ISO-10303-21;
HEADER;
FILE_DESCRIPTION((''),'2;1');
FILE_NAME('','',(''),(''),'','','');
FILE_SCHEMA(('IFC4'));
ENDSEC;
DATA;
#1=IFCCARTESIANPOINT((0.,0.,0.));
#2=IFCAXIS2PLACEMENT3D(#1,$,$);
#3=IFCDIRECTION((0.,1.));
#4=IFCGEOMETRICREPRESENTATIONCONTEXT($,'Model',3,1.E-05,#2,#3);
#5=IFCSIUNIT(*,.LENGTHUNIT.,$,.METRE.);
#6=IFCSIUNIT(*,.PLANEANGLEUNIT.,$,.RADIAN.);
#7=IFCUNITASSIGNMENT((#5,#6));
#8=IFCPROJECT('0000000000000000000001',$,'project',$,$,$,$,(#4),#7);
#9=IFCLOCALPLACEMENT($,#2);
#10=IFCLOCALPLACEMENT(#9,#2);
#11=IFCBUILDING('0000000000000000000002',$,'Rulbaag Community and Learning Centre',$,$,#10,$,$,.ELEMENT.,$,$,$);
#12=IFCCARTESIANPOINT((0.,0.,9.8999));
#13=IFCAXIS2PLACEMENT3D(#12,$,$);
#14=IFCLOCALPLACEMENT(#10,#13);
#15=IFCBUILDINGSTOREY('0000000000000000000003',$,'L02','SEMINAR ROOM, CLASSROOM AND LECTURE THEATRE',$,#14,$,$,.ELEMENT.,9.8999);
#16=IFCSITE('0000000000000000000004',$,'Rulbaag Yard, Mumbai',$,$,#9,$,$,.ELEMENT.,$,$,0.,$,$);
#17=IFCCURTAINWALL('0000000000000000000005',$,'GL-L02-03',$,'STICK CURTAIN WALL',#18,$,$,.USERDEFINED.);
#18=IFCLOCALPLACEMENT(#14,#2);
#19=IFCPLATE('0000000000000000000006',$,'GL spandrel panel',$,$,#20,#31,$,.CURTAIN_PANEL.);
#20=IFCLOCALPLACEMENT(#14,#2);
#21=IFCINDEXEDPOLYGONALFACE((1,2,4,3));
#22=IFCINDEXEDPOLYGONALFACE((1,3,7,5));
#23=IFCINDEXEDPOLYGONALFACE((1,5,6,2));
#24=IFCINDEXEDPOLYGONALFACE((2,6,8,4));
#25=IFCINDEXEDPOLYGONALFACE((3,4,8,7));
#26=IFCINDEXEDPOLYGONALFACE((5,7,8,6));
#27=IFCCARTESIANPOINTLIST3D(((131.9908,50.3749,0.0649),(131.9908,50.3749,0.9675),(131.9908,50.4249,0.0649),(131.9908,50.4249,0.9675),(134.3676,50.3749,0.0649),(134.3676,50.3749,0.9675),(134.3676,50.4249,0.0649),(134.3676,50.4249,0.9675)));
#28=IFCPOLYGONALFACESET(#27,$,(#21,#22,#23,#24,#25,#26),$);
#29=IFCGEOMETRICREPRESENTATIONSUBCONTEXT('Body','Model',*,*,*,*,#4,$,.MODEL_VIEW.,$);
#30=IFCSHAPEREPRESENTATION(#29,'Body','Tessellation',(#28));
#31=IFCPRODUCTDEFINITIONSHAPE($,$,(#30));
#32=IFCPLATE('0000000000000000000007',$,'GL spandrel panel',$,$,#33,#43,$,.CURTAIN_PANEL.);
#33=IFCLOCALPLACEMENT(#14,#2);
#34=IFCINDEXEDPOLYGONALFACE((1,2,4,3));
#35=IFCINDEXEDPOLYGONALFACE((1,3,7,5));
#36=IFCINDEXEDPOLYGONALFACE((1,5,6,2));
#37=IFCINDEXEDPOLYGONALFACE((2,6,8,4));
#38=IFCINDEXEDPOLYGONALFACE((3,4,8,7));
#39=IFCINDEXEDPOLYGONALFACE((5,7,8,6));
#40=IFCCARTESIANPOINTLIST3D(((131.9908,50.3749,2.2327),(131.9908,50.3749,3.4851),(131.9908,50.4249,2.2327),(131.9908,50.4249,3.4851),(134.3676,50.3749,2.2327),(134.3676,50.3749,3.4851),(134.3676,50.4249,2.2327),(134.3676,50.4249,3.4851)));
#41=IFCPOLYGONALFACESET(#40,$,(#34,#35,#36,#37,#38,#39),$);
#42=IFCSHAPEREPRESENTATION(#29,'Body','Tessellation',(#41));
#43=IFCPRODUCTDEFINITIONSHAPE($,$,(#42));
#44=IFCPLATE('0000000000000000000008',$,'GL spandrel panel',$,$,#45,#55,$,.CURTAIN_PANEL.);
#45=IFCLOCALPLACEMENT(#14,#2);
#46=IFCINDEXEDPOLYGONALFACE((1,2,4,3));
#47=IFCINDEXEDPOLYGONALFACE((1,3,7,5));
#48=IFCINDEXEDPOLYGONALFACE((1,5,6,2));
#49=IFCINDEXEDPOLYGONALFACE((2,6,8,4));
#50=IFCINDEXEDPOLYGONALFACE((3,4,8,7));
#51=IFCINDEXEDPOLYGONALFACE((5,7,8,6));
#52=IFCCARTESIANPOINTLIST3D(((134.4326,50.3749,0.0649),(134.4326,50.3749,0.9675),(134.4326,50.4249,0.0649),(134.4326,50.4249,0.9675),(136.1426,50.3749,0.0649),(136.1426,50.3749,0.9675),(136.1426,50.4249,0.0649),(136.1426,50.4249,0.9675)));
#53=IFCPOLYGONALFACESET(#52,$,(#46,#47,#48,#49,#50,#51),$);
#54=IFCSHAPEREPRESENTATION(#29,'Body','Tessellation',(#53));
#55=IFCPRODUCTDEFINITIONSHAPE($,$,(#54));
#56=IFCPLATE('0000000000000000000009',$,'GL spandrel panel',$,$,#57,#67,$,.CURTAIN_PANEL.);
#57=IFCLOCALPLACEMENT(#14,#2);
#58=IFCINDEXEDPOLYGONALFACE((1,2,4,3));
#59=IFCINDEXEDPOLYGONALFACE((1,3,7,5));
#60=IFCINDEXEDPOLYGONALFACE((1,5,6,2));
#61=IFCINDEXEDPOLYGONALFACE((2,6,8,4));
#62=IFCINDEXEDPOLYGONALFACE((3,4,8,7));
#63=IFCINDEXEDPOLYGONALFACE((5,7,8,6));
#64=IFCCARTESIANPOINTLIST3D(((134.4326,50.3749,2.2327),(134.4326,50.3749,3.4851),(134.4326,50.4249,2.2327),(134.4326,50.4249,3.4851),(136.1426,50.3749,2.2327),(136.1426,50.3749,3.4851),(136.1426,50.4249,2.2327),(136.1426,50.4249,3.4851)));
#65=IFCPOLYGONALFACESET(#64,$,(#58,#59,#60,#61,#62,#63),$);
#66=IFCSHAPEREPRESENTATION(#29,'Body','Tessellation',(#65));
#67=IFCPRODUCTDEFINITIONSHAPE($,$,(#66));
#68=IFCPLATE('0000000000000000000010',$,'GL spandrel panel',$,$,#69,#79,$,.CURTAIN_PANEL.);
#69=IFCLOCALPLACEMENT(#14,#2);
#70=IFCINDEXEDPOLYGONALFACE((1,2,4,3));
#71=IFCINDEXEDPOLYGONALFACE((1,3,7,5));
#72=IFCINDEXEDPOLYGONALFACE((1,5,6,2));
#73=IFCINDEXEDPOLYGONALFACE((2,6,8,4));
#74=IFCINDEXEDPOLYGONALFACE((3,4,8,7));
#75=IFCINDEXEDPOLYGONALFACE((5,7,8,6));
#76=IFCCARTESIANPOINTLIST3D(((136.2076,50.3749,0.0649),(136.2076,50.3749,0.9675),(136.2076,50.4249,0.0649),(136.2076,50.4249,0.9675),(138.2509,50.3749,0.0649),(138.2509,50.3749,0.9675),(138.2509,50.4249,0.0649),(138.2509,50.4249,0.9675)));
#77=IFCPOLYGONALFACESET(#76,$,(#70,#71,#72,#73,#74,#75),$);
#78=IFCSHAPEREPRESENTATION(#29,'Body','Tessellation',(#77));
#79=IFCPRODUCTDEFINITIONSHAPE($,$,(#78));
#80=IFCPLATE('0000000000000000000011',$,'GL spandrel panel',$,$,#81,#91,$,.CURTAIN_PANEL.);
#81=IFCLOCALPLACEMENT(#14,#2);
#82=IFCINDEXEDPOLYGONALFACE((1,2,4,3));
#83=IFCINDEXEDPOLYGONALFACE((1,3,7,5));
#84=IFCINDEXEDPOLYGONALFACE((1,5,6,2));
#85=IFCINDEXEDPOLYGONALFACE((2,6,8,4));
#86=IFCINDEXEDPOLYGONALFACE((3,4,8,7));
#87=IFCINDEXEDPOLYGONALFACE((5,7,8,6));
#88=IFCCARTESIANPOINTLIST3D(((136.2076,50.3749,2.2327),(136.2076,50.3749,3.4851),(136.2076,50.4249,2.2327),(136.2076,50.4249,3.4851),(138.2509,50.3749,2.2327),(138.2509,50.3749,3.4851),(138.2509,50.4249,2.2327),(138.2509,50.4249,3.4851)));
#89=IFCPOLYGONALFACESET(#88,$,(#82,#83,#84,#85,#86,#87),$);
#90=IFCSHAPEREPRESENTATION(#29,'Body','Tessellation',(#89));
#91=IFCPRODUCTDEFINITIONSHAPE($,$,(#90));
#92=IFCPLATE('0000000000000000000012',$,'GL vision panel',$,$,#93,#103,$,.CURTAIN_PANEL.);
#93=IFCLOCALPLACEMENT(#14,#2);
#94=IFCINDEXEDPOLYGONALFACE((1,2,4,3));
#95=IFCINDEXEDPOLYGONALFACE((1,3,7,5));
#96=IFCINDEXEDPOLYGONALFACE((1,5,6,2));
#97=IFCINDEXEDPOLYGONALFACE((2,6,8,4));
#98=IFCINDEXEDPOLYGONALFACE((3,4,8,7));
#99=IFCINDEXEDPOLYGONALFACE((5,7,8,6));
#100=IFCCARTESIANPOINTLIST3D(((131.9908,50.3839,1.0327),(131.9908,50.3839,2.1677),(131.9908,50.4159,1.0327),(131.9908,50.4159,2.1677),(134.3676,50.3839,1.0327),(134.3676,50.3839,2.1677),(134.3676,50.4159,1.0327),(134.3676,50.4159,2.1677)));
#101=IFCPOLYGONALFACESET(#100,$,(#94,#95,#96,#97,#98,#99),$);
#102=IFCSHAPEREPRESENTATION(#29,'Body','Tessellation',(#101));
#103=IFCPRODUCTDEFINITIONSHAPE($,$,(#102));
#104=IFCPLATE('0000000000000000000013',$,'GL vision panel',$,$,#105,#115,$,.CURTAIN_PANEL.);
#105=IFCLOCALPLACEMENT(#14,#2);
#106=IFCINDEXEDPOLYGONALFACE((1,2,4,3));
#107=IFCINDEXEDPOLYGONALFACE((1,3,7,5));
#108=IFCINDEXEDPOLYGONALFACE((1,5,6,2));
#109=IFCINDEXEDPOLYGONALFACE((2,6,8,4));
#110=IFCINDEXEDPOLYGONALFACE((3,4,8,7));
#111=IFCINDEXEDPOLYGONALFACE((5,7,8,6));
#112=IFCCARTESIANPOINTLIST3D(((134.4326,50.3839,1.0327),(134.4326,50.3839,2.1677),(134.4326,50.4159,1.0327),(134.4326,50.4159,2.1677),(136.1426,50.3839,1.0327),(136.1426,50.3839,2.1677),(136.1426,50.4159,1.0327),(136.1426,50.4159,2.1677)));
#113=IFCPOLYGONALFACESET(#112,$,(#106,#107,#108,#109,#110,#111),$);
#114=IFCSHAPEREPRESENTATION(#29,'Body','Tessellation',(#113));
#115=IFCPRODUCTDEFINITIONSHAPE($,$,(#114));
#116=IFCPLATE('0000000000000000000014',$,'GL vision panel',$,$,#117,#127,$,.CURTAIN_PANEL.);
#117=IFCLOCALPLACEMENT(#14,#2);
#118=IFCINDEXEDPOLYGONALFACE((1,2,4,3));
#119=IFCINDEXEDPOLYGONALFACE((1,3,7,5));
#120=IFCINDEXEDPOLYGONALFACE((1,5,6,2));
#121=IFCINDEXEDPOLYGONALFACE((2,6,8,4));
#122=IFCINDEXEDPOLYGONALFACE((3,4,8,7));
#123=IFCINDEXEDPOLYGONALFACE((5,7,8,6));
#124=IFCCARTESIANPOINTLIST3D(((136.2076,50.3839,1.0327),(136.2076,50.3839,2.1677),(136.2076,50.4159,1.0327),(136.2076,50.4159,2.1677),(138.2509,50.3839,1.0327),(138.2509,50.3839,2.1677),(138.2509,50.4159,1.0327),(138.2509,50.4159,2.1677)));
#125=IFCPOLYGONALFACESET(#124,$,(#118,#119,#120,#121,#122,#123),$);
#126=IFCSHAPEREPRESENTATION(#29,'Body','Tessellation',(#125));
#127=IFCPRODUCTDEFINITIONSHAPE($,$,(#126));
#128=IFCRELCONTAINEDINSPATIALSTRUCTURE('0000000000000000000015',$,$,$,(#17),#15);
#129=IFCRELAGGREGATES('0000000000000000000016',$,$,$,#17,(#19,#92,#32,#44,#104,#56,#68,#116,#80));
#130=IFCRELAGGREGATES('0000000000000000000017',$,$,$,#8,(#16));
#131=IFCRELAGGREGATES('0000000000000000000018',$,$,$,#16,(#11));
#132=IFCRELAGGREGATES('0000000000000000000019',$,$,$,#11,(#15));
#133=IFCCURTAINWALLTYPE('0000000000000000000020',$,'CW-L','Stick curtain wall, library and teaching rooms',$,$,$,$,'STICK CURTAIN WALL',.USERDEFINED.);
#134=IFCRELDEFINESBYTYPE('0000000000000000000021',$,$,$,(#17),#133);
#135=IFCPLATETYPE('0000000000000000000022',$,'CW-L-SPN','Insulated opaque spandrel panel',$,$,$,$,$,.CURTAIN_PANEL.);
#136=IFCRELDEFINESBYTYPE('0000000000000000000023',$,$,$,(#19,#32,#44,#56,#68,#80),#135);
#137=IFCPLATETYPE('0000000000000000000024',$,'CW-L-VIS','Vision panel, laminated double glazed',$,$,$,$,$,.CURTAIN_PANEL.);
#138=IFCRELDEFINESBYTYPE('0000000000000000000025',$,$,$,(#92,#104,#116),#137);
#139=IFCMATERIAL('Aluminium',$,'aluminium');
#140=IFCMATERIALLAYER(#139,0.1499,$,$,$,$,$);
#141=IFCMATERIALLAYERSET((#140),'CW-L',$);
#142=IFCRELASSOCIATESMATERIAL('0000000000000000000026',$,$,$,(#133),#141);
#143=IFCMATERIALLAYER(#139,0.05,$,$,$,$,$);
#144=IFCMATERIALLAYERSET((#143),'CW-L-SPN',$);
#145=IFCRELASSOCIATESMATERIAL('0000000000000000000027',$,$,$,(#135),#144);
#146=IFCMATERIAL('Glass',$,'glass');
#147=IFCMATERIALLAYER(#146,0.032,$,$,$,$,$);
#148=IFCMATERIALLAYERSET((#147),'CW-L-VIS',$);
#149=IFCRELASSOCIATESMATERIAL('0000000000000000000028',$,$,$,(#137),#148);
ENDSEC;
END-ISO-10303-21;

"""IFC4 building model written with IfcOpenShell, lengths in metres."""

from ifc_helpers import new_model, si_unit, direction, frame, origin, origin_2d, place, context, subcontext, project, spatial, rectangle, extrude, material, layer, layer_set, type_object, element, aggregate, save


model = new_model("IFC4")

# Units and contexts
model_context = context("Model", 3, precision=1e-05, world=origin(), true_north=direction((0.0, 1.0)))
body_context = subcontext(model_context, "Body", "Model", "MODEL_VIEW")
ifc_project = project(units=[si_unit("LENGTHUNIT", "METRE"), si_unit("PLANEANGLEUNIT", "RADIAN")], contexts=[model_context])

# Site, building, storey
site_placement = place(None, origin())
site = spatial("IfcSite", under=ifc_project, at=site_placement, Name="Rulbaag Yard, Mumbai", CompositionType="ELEMENT", RefElevation=0.0)
building_placement = place(site_placement, origin())
building = spatial("IfcBuilding", under=site, at=building_placement, Name="Rulbaag Community and Learning Centre", CompositionType="ELEMENT")
storey_placement = place(building_placement, frame((0.0, 0.0, 9.8999)))
storey = spatial("IfcBuildingStorey", under=building, at=storey_placement, Name="L02", Description="SEMINAR ROOM, CLASSROOM AND LECTURE THEATRE", CompositionType="ELEMENT", Elevation=9.8999)

# Curtain wall, plates
ifc_material_1 = material(Name="Aluminium", Category="aluminium")
ifc_layer_1 = layer(ifc_material_1, 0.1499)
ifc_layer_set_1 = layer_set([ifc_layer_1], Name="CW-L")
curtain_wall_type = type_object("IfcCurtainWallType", Name="CW-L", Description="Stick curtain wall, library and teaching rooms", ElementType="STICK CURTAIN WALL", PredefinedType="USERDEFINED", material=ifc_layer_set_1)
curtain_wall_placement = place(storey_placement, origin())
curtain_wall = element("IfcCurtainWall", 1, at=curtain_wall_placement, inside=storey, type_object=curtain_wall_type, Name="GL-L02-03", ObjectType="STICK CURTAIN WALL", PredefinedType="USERDEFINED")
ifc_layer_2 = layer(ifc_material_1, 0.05)
ifc_layer_set_2 = layer_set([ifc_layer_2], Name="CW-L-SPN")
plate_type_1 = type_object("IfcPlateType", Name="CW-L-SPN", Description="Insulated opaque spandrel panel", PredefinedType="CURTAIN_PANEL", material=ifc_layer_set_2)
plate_1_placement = place(storey_placement, frame((133.1792, 50.3999, 0.0649), z_axis=(0.0, 0.0, 1.0), x_axis=(1.0, 0.0, 0.0)))
plate_1 = element("IfcPlate", 2, at=plate_1_placement, type_object=plate_type_1, Name="GL spandrel panel", PredefinedType="CURTAIN_PANEL", context=body_context, shape_type="SweptSolid", body=[
    extrude(rectangle(XDim=2.3767, YDim=0.05, at=origin_2d()), origin(), (0.0, 0.0, 1.0), 0.9026),
])
plate_2_placement = place(storey_placement, frame((133.1792, 50.3999, 2.2327), z_axis=(0.0, 0.0, 1.0), x_axis=(1.0, 0.0, 0.0)))
plate_2 = element("IfcPlate", 3, at=plate_2_placement, type_object=plate_type_1, Name="GL spandrel panel", PredefinedType="CURTAIN_PANEL", context=body_context, shape_type="SweptSolid", body=[
    extrude(rectangle(XDim=2.3767, YDim=0.05, at=origin_2d()), origin(), (0.0, 0.0, 1.0), 1.2524),
])
plate_3_placement = place(storey_placement, frame((135.2876, 50.3999, 0.0649), z_axis=(0.0, 0.0, 1.0), x_axis=(1.0, 0.0, 0.0)))
plate_3 = element("IfcPlate", 4, at=plate_3_placement, type_object=plate_type_1, Name="GL spandrel panel", PredefinedType="CURTAIN_PANEL", context=body_context, shape_type="SweptSolid", body=[
    extrude(rectangle(XDim=1.71, YDim=0.05, at=origin_2d()), origin(), (0.0, 0.0, 1.0), 0.9026),
])
plate_4_placement = place(storey_placement, frame((135.2876, 50.3999, 2.2327), z_axis=(0.0, 0.0, 1.0), x_axis=(1.0, 0.0, 0.0)))
plate_4 = element("IfcPlate", 5, at=plate_4_placement, type_object=plate_type_1, Name="GL spandrel panel", PredefinedType="CURTAIN_PANEL", context=body_context, shape_type="SweptSolid", body=[
    extrude(rectangle(XDim=1.71, YDim=0.05, at=origin_2d()), origin(), (0.0, 0.0, 1.0), 1.2524),
])
plate_5_placement = place(storey_placement, frame((137.2292, 50.3999, 0.0649), z_axis=(0.0, 0.0, 1.0), x_axis=(1.0, 0.0, 0.0)))
plate_5 = element("IfcPlate", 6, at=plate_5_placement, type_object=plate_type_1, Name="GL spandrel panel", PredefinedType="CURTAIN_PANEL", context=body_context, shape_type="SweptSolid", body=[
    extrude(rectangle(XDim=2.0432, YDim=0.05, at=origin_2d()), origin(), (0.0, 0.0, 1.0), 0.9026),
])
plate_6_placement = place(storey_placement, frame((137.2292, 50.3999, 2.2327), z_axis=(0.0, 0.0, 1.0), x_axis=(1.0, 0.0, 0.0)))
plate_6 = element("IfcPlate", 7, at=plate_6_placement, type_object=plate_type_1, Name="GL spandrel panel", PredefinedType="CURTAIN_PANEL", context=body_context, shape_type="SweptSolid", body=[
    extrude(rectangle(XDim=2.0432, YDim=0.05, at=origin_2d()), origin(), (0.0, 0.0, 1.0), 1.2524),
])
ifc_material_2 = material(Name="Glass", Category="glass")
ifc_layer_3 = layer(ifc_material_2, 0.032)
ifc_layer_set_3 = layer_set([ifc_layer_3], Name="CW-L-VIS")
plate_type_2 = type_object("IfcPlateType", Name="CW-L-VIS", Description="Vision panel, laminated double glazed", PredefinedType="CURTAIN_PANEL", material=ifc_layer_set_3)
plate_7_placement = place(storey_placement, frame((133.1792, 50.3999, 1.0327), z_axis=(0.0, 0.0, 1.0), x_axis=(1.0, 0.0, 0.0)))
plate_7 = element("IfcPlate", 8, at=plate_7_placement, type_object=plate_type_2, Name="GL vision panel", PredefinedType="CURTAIN_PANEL", context=body_context, shape_type="SweptSolid", body=[
    extrude(rectangle(XDim=2.3767, YDim=0.032, at=origin_2d()), origin(), (0.0, 0.0, 1.0), 1.135),
])
plate_8_placement = place(storey_placement, frame((135.2876, 50.3999, 1.0327), z_axis=(0.0, 0.0, 1.0), x_axis=(1.0, 0.0, 0.0)))
plate_8 = element("IfcPlate", 9, at=plate_8_placement, type_object=plate_type_2, Name="GL vision panel", PredefinedType="CURTAIN_PANEL", context=body_context, shape_type="SweptSolid", body=[
    extrude(rectangle(XDim=1.71, YDim=0.032, at=origin_2d()), origin(), (0.0, 0.0, 1.0), 1.135),
])
plate_9_placement = place(storey_placement, frame((137.2292, 50.3999, 1.0327), z_axis=(0.0, 0.0, 1.0), x_axis=(1.0, 0.0, 0.0)))
plate_9 = element("IfcPlate", 10, at=plate_9_placement, type_object=plate_type_2, Name="GL vision panel", PredefinedType="CURTAIN_PANEL", context=body_context, shape_type="SweptSolid", body=[
    extrude(rectangle(XDim=2.0432, YDim=0.032, at=origin_2d()), origin(), (0.0, 0.0, 1.0), 1.135),
])
aggregate(curtain_wall, [plate_1, plate_7, plate_2, plate_3, plate_8, plate_4, plate_5, plate_9, plate_6])

save(model, "model.ifc")
